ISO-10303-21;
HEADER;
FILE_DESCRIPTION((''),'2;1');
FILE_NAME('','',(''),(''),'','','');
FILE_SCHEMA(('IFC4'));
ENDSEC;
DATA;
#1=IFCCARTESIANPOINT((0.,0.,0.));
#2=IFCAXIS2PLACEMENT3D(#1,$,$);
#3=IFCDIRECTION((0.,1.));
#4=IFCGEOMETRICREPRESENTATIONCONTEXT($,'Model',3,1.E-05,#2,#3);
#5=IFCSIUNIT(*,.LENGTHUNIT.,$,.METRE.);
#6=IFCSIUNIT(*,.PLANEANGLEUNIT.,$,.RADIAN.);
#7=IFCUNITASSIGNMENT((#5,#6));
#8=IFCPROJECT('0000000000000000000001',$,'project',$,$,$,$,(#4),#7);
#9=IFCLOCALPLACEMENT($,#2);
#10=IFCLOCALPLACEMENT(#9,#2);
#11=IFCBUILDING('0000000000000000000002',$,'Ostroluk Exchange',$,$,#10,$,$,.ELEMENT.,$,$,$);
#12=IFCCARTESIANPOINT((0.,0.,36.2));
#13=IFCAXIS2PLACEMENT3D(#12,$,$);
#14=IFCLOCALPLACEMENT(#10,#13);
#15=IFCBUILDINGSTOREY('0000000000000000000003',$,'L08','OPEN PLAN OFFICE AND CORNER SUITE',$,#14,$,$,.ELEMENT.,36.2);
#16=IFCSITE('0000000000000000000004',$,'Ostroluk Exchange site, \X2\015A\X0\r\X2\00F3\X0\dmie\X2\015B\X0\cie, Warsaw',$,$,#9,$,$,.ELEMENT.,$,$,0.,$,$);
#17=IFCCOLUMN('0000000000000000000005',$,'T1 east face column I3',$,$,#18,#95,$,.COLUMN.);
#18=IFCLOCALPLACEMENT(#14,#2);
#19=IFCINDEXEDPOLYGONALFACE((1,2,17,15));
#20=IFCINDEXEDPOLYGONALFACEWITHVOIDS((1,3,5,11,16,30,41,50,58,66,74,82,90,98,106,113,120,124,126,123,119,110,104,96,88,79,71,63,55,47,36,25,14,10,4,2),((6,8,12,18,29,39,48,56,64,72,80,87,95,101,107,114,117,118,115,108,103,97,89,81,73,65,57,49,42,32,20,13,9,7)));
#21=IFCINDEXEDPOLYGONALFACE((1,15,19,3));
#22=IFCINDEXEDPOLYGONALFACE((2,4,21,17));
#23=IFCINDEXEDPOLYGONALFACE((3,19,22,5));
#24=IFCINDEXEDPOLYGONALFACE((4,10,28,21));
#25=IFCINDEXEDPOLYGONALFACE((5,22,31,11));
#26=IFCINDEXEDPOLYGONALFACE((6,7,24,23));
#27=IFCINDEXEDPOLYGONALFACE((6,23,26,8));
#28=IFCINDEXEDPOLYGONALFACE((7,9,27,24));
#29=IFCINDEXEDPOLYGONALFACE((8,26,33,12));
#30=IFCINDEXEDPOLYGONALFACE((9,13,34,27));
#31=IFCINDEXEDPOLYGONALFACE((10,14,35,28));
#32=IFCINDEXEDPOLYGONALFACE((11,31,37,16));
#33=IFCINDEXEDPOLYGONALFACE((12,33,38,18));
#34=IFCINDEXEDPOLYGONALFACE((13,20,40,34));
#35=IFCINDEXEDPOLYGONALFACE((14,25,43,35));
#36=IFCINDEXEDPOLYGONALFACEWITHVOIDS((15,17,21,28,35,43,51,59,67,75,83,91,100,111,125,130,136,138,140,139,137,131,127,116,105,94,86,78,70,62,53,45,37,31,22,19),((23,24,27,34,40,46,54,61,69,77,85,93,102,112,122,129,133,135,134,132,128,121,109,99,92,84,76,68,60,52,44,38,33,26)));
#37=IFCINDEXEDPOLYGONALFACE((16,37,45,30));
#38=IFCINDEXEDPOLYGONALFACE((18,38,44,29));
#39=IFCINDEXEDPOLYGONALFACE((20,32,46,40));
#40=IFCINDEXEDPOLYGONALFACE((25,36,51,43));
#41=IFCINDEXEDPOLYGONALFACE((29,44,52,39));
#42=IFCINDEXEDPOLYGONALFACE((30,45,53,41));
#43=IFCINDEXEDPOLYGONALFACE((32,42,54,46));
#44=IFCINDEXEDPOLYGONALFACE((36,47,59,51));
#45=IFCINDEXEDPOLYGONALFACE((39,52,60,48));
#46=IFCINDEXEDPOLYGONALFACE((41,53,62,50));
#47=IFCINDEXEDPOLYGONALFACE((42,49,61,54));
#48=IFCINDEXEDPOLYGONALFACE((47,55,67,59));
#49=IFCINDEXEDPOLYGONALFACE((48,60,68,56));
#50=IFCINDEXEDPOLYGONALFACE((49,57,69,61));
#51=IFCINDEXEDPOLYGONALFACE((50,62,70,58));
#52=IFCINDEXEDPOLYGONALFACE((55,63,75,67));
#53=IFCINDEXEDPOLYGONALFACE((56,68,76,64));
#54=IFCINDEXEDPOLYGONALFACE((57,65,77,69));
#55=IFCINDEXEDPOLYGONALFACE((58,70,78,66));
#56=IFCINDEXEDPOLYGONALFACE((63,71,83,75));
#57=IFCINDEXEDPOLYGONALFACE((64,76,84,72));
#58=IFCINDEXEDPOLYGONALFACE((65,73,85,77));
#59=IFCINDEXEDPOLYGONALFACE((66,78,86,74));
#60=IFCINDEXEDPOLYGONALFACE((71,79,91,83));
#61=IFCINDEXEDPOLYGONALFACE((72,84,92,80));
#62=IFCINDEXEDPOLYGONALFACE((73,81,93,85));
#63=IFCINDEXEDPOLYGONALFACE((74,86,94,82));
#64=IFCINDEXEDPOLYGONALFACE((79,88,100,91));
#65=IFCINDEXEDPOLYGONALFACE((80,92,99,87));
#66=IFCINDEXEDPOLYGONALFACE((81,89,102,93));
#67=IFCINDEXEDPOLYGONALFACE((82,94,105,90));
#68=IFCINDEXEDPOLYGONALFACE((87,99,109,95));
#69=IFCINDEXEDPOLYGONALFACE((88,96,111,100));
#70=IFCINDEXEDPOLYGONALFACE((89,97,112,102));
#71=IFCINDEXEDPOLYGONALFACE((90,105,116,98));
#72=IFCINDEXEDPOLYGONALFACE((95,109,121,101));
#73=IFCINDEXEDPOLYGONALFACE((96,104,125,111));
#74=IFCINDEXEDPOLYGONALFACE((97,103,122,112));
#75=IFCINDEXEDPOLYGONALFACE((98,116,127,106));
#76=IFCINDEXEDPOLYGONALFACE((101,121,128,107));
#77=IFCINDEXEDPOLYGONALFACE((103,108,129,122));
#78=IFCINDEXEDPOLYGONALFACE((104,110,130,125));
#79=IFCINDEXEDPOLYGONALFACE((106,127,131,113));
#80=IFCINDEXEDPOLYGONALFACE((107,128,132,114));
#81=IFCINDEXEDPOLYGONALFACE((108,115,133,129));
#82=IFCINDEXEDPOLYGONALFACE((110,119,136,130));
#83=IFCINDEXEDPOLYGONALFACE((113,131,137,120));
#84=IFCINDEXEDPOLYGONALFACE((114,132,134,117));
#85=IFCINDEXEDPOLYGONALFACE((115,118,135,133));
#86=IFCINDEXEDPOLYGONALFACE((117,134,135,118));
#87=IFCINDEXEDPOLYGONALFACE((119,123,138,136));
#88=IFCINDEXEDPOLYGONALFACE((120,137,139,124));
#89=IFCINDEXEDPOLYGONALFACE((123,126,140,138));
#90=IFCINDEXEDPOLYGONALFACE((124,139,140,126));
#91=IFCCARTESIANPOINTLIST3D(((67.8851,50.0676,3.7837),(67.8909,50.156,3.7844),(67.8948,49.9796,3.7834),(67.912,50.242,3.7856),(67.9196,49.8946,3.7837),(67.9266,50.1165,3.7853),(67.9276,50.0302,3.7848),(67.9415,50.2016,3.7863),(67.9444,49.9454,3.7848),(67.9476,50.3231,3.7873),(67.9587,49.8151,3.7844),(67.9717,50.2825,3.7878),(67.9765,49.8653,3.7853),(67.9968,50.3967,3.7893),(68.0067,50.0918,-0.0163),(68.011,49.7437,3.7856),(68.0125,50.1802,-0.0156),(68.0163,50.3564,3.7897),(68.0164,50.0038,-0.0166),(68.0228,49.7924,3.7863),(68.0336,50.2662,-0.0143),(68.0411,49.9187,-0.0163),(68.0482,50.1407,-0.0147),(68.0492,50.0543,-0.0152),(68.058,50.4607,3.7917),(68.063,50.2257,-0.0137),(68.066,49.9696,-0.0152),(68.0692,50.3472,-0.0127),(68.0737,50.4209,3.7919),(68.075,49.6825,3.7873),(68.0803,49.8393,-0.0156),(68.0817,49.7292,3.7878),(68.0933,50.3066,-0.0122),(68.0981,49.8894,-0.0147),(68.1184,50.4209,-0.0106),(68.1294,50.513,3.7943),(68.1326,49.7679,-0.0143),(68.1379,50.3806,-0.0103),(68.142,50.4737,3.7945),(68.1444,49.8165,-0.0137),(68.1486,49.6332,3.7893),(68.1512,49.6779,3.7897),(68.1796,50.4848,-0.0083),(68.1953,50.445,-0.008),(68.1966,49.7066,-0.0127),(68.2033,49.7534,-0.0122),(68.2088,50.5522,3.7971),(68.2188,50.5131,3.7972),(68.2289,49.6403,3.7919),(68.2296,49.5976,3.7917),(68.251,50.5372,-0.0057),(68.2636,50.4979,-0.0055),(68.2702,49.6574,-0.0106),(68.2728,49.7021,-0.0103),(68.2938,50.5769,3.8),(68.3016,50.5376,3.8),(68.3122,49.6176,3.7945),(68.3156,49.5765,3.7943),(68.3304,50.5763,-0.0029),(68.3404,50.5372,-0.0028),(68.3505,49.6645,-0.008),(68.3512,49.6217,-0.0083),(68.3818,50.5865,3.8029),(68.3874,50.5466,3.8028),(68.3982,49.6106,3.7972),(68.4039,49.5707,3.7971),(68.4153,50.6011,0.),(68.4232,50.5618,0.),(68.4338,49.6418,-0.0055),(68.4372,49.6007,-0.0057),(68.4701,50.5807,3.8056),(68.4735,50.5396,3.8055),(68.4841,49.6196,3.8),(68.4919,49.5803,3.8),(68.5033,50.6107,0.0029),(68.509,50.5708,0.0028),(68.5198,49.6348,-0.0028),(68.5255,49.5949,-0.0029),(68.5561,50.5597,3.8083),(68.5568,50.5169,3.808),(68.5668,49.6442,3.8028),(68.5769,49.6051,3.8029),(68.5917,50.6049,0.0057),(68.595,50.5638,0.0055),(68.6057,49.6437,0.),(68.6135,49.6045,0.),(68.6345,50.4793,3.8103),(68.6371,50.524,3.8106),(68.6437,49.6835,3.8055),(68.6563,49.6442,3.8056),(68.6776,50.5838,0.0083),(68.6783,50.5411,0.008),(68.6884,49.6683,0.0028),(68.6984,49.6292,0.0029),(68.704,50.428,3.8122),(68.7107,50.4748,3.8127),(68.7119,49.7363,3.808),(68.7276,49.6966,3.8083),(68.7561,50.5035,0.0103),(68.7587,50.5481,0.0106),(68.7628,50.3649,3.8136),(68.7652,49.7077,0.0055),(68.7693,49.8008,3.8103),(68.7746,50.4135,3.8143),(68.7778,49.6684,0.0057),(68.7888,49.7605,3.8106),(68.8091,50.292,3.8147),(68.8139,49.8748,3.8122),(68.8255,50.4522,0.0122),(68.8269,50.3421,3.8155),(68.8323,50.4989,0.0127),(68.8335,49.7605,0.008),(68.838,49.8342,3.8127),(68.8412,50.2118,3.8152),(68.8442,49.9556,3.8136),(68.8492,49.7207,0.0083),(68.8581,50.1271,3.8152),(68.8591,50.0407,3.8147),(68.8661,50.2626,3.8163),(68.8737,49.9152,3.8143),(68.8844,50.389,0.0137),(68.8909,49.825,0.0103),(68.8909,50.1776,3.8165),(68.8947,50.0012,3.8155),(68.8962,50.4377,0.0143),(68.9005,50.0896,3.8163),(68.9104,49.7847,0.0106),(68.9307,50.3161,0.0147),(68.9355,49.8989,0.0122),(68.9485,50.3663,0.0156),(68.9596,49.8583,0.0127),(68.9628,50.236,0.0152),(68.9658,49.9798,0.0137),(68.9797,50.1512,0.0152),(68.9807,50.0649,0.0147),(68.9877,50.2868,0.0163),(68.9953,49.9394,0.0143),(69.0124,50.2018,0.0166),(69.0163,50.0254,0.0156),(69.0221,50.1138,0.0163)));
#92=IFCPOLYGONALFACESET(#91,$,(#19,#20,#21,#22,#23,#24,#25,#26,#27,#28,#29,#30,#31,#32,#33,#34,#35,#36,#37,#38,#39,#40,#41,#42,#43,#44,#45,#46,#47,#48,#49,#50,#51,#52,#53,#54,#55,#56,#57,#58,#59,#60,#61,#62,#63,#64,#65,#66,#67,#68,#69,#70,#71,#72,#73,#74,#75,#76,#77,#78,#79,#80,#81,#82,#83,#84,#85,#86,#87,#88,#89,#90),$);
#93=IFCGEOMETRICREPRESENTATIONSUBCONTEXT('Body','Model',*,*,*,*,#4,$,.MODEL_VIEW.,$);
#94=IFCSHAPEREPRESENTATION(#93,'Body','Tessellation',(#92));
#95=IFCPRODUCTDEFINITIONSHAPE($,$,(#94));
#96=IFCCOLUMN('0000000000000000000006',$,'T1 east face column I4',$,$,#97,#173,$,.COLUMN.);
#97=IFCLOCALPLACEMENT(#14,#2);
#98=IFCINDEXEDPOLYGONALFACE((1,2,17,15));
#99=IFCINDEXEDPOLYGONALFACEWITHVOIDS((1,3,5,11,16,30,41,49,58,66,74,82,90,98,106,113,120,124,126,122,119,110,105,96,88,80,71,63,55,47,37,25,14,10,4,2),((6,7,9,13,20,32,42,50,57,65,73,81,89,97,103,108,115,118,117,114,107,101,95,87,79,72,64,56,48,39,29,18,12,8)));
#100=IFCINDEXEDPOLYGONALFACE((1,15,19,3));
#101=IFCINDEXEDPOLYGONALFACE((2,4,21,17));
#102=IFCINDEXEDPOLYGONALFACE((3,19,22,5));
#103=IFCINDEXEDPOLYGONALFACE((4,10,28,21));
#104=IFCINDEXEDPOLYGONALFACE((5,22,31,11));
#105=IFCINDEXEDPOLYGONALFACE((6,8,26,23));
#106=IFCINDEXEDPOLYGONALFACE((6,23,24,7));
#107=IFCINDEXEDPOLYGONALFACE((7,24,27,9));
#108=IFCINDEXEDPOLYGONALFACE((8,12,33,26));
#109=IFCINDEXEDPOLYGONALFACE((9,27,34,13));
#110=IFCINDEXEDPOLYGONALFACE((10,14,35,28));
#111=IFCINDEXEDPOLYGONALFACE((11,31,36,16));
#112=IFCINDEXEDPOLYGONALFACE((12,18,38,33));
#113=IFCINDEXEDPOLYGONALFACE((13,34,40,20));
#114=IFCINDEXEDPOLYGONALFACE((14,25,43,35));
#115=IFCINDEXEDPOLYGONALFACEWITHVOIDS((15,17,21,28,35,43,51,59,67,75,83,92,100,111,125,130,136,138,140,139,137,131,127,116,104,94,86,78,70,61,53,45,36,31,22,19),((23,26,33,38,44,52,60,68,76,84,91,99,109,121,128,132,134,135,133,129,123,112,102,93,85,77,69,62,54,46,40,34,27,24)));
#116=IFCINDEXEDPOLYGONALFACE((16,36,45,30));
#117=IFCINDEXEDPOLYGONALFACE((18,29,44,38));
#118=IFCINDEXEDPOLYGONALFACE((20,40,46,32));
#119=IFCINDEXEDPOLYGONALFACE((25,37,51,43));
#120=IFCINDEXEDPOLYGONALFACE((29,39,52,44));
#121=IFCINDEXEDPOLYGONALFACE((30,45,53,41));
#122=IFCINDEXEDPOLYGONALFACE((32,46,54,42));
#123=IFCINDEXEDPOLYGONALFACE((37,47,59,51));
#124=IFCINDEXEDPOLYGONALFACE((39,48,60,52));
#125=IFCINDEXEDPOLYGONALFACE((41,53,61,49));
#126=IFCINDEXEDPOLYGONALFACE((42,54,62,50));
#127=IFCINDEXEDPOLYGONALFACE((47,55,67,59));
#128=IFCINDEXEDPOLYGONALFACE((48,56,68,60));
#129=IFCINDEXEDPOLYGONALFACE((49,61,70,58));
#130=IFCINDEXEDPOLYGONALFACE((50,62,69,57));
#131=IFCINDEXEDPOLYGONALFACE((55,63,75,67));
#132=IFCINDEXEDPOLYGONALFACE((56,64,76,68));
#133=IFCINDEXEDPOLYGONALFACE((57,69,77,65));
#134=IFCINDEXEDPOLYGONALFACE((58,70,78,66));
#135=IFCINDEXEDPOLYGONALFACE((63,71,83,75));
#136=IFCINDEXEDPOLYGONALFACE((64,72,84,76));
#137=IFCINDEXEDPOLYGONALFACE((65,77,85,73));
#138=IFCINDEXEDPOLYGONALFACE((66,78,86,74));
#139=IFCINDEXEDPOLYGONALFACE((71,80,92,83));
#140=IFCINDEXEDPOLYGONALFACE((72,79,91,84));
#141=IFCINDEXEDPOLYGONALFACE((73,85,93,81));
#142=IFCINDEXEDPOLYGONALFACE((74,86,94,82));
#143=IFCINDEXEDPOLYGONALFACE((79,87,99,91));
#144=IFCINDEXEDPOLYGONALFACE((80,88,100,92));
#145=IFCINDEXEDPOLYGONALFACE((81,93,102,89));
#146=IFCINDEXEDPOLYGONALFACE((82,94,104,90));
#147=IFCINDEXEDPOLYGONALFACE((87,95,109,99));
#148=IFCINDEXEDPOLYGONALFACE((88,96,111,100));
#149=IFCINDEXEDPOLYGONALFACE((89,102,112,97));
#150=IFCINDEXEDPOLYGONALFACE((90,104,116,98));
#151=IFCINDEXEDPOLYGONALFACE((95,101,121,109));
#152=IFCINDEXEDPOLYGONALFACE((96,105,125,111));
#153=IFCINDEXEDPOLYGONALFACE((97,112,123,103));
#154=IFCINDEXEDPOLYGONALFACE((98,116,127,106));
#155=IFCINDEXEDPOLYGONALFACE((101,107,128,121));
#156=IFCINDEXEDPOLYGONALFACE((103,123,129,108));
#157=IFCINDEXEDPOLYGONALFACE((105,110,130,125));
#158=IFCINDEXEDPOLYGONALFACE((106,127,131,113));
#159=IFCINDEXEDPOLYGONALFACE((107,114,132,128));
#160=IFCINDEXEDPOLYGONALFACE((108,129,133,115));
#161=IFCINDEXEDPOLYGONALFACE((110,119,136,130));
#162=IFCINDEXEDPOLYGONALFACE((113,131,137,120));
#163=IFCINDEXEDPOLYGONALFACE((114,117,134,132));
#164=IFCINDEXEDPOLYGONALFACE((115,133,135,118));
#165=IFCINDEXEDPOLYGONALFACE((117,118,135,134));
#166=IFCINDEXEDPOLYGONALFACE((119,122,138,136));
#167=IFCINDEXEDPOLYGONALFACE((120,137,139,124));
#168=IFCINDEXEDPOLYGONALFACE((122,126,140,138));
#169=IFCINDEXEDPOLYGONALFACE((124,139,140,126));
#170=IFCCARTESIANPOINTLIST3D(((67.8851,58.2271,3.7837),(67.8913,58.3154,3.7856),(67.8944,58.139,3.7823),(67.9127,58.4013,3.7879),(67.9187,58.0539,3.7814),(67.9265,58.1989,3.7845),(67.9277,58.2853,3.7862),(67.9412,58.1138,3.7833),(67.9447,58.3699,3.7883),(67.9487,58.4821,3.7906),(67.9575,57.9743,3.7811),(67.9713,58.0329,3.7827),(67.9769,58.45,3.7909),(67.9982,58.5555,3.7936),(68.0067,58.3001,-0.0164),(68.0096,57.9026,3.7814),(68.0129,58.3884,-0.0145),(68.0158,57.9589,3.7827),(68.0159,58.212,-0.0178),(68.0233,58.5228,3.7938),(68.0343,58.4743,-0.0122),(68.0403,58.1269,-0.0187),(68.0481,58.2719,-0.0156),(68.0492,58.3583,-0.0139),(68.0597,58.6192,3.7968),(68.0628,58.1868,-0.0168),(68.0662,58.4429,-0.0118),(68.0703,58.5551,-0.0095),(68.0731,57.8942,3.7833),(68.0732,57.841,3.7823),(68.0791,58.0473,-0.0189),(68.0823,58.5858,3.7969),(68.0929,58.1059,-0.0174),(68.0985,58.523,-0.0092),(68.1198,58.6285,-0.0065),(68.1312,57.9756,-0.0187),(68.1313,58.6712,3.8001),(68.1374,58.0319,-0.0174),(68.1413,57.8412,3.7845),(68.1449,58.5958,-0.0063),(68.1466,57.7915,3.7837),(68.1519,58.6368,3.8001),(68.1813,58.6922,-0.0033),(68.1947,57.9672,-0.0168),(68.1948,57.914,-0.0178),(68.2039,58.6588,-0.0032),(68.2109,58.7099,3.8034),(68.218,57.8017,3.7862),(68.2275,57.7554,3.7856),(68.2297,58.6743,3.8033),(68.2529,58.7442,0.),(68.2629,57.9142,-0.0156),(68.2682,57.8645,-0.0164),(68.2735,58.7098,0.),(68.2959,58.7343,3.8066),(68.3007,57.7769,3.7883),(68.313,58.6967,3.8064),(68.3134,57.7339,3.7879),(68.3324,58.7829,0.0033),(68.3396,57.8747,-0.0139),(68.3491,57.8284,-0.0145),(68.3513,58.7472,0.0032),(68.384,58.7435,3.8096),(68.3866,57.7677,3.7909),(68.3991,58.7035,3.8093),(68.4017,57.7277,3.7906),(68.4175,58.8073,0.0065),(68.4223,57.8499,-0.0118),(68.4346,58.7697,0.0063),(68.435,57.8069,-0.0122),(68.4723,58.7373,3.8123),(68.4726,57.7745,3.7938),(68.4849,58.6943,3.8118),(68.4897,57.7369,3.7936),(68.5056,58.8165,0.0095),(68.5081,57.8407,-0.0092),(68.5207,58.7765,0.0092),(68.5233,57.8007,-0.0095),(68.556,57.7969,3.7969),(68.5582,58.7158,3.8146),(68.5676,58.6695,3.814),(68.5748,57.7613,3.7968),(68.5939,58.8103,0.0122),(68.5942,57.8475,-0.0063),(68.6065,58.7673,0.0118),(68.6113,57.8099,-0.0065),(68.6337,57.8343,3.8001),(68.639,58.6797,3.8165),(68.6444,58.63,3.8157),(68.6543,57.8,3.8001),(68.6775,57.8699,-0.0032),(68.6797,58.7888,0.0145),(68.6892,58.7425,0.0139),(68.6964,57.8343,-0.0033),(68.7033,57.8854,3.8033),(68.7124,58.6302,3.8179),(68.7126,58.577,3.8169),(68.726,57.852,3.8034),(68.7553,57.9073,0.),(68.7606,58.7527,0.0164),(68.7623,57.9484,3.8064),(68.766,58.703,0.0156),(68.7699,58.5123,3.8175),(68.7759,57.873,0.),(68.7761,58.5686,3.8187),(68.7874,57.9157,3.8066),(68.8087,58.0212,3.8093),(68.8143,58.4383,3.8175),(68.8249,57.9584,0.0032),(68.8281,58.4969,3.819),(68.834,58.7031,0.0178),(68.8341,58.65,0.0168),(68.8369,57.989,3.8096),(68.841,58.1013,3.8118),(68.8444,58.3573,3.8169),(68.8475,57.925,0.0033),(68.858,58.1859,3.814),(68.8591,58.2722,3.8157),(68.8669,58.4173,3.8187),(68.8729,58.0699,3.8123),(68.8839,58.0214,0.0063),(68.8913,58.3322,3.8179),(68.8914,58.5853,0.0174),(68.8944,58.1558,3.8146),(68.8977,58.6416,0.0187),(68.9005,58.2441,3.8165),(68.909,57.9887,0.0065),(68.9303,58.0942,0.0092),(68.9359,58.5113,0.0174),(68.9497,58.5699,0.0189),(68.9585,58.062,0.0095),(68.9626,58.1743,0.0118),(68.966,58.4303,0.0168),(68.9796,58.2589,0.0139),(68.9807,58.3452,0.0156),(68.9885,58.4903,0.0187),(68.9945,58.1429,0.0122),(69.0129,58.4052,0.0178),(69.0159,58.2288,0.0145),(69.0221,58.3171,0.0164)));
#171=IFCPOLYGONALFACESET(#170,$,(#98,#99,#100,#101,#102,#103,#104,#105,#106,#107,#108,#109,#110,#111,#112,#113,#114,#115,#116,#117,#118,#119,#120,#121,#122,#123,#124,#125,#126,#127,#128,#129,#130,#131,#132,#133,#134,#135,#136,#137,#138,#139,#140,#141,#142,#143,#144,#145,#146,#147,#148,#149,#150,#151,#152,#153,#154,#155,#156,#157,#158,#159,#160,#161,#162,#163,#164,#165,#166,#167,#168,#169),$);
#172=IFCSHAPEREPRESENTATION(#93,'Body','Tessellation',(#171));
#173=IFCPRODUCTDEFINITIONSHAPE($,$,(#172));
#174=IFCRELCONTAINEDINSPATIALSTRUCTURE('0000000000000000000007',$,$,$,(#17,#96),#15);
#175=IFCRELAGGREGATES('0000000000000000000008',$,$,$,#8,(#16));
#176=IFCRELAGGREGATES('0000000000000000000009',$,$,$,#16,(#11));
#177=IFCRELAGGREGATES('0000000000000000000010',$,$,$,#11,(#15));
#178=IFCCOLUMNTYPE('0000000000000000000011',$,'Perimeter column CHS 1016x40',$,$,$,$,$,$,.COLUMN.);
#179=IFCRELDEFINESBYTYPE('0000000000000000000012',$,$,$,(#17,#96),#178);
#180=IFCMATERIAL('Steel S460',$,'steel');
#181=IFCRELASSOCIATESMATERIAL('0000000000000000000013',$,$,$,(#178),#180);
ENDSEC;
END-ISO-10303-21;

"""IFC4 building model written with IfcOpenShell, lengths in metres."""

from ifc_helpers import new_model, si_unit, direction, frame, origin, origin_2d, place, context, subcontext, project, spatial, hollow_circle, extrude, material, material_profile, profile_set, type_object, element, save


model = new_model("IFC4")

# Units and contexts
model_context = context("Model", 3, precision=1e-05, world=origin(), true_north=direction((0.0, 1.0)))
body_context = subcontext(model_context, "Body", "Model", "MODEL_VIEW")
ifc_project = project(units=[si_unit("LENGTHUNIT", "METRE"), si_unit("PLANEANGLEUNIT", "RADIAN")], contexts=[model_context])

# Site, building, storey
site_placement = place(None, origin())
site = spatial("IfcSite", under=ifc_project, at=site_placement, Name="Ostroluk Exchange site, Śródmieście, Warsaw", CompositionType="ELEMENT", RefElevation=0.0)
building_placement = place(site_placement, origin())
building = spatial("IfcBuilding", under=site, at=building_placement, Name="Ostroluk Exchange", CompositionType="ELEMENT")
storey_placement = place(building_placement, frame((0.0, 0.0, 36.2)))
storey = spatial("IfcBuildingStorey", under=building, at=storey_placement, Name="L08", Description="OPEN PLAN OFFICE AND CORNER SUITE", CompositionType="ELEMENT", Elevation=36.2)

# Columns
ifc_material_1 = material(Name="Steel S460", Category="steel")
ifc_material_profile_1 = material_profile(ifc_material_1, hollow_circle(Radius=0.5081, WallThickness=0.04, at=origin_2d()), Name="CHS 1016x40")
ifc_profile_set_1 = profile_set([ifc_material_profile_1], Name="Steel S460")
column_type_1 = type_object("IfcColumnType", Name="Perimeter column CHS 1016x40", PredefinedType="COLUMN", material=ifc_profile_set_1)
column_1_placement = place(storey_placement, frame((68.5144, 50.1028, 0.0), z_axis=(-0.031978, -0.006357, 0.999468), x_axis=(0.19498, -0.980807, 0.0)))
element("IfcColumn", 1, at=column_1_placement, inside=storey, type_object=column_type_1, Name="T1 east face column I3", PredefinedType="COLUMN", context=body_context, shape_type="SweptSolid", body=[
    extrude(hollow_circle(Radius=0.5081, WallThickness=0.04, at=origin_2d()), origin(), (0.0, 0.0, 1.0), 3.802),
])
column_2_placement = place(storey_placement, frame((68.5144, 58.3086, 0.0), z_axis=(-0.031973, -0.019196, 0.999304), x_axis=(0.514749, -0.857341, 0.0)))
element("IfcColumn", 2, at=column_2_placement, inside=storey, type_object=column_type_1, Name="T1 east face column I4", PredefinedType="COLUMN", context=body_context, shape_type="SweptSolid", body=[
    extrude(hollow_circle(Radius=0.5081, WallThickness=0.04, at=origin_2d()), origin(), (0.0, 0.0, 1.0), 3.8027),
])

save(model, "model.ifc")
